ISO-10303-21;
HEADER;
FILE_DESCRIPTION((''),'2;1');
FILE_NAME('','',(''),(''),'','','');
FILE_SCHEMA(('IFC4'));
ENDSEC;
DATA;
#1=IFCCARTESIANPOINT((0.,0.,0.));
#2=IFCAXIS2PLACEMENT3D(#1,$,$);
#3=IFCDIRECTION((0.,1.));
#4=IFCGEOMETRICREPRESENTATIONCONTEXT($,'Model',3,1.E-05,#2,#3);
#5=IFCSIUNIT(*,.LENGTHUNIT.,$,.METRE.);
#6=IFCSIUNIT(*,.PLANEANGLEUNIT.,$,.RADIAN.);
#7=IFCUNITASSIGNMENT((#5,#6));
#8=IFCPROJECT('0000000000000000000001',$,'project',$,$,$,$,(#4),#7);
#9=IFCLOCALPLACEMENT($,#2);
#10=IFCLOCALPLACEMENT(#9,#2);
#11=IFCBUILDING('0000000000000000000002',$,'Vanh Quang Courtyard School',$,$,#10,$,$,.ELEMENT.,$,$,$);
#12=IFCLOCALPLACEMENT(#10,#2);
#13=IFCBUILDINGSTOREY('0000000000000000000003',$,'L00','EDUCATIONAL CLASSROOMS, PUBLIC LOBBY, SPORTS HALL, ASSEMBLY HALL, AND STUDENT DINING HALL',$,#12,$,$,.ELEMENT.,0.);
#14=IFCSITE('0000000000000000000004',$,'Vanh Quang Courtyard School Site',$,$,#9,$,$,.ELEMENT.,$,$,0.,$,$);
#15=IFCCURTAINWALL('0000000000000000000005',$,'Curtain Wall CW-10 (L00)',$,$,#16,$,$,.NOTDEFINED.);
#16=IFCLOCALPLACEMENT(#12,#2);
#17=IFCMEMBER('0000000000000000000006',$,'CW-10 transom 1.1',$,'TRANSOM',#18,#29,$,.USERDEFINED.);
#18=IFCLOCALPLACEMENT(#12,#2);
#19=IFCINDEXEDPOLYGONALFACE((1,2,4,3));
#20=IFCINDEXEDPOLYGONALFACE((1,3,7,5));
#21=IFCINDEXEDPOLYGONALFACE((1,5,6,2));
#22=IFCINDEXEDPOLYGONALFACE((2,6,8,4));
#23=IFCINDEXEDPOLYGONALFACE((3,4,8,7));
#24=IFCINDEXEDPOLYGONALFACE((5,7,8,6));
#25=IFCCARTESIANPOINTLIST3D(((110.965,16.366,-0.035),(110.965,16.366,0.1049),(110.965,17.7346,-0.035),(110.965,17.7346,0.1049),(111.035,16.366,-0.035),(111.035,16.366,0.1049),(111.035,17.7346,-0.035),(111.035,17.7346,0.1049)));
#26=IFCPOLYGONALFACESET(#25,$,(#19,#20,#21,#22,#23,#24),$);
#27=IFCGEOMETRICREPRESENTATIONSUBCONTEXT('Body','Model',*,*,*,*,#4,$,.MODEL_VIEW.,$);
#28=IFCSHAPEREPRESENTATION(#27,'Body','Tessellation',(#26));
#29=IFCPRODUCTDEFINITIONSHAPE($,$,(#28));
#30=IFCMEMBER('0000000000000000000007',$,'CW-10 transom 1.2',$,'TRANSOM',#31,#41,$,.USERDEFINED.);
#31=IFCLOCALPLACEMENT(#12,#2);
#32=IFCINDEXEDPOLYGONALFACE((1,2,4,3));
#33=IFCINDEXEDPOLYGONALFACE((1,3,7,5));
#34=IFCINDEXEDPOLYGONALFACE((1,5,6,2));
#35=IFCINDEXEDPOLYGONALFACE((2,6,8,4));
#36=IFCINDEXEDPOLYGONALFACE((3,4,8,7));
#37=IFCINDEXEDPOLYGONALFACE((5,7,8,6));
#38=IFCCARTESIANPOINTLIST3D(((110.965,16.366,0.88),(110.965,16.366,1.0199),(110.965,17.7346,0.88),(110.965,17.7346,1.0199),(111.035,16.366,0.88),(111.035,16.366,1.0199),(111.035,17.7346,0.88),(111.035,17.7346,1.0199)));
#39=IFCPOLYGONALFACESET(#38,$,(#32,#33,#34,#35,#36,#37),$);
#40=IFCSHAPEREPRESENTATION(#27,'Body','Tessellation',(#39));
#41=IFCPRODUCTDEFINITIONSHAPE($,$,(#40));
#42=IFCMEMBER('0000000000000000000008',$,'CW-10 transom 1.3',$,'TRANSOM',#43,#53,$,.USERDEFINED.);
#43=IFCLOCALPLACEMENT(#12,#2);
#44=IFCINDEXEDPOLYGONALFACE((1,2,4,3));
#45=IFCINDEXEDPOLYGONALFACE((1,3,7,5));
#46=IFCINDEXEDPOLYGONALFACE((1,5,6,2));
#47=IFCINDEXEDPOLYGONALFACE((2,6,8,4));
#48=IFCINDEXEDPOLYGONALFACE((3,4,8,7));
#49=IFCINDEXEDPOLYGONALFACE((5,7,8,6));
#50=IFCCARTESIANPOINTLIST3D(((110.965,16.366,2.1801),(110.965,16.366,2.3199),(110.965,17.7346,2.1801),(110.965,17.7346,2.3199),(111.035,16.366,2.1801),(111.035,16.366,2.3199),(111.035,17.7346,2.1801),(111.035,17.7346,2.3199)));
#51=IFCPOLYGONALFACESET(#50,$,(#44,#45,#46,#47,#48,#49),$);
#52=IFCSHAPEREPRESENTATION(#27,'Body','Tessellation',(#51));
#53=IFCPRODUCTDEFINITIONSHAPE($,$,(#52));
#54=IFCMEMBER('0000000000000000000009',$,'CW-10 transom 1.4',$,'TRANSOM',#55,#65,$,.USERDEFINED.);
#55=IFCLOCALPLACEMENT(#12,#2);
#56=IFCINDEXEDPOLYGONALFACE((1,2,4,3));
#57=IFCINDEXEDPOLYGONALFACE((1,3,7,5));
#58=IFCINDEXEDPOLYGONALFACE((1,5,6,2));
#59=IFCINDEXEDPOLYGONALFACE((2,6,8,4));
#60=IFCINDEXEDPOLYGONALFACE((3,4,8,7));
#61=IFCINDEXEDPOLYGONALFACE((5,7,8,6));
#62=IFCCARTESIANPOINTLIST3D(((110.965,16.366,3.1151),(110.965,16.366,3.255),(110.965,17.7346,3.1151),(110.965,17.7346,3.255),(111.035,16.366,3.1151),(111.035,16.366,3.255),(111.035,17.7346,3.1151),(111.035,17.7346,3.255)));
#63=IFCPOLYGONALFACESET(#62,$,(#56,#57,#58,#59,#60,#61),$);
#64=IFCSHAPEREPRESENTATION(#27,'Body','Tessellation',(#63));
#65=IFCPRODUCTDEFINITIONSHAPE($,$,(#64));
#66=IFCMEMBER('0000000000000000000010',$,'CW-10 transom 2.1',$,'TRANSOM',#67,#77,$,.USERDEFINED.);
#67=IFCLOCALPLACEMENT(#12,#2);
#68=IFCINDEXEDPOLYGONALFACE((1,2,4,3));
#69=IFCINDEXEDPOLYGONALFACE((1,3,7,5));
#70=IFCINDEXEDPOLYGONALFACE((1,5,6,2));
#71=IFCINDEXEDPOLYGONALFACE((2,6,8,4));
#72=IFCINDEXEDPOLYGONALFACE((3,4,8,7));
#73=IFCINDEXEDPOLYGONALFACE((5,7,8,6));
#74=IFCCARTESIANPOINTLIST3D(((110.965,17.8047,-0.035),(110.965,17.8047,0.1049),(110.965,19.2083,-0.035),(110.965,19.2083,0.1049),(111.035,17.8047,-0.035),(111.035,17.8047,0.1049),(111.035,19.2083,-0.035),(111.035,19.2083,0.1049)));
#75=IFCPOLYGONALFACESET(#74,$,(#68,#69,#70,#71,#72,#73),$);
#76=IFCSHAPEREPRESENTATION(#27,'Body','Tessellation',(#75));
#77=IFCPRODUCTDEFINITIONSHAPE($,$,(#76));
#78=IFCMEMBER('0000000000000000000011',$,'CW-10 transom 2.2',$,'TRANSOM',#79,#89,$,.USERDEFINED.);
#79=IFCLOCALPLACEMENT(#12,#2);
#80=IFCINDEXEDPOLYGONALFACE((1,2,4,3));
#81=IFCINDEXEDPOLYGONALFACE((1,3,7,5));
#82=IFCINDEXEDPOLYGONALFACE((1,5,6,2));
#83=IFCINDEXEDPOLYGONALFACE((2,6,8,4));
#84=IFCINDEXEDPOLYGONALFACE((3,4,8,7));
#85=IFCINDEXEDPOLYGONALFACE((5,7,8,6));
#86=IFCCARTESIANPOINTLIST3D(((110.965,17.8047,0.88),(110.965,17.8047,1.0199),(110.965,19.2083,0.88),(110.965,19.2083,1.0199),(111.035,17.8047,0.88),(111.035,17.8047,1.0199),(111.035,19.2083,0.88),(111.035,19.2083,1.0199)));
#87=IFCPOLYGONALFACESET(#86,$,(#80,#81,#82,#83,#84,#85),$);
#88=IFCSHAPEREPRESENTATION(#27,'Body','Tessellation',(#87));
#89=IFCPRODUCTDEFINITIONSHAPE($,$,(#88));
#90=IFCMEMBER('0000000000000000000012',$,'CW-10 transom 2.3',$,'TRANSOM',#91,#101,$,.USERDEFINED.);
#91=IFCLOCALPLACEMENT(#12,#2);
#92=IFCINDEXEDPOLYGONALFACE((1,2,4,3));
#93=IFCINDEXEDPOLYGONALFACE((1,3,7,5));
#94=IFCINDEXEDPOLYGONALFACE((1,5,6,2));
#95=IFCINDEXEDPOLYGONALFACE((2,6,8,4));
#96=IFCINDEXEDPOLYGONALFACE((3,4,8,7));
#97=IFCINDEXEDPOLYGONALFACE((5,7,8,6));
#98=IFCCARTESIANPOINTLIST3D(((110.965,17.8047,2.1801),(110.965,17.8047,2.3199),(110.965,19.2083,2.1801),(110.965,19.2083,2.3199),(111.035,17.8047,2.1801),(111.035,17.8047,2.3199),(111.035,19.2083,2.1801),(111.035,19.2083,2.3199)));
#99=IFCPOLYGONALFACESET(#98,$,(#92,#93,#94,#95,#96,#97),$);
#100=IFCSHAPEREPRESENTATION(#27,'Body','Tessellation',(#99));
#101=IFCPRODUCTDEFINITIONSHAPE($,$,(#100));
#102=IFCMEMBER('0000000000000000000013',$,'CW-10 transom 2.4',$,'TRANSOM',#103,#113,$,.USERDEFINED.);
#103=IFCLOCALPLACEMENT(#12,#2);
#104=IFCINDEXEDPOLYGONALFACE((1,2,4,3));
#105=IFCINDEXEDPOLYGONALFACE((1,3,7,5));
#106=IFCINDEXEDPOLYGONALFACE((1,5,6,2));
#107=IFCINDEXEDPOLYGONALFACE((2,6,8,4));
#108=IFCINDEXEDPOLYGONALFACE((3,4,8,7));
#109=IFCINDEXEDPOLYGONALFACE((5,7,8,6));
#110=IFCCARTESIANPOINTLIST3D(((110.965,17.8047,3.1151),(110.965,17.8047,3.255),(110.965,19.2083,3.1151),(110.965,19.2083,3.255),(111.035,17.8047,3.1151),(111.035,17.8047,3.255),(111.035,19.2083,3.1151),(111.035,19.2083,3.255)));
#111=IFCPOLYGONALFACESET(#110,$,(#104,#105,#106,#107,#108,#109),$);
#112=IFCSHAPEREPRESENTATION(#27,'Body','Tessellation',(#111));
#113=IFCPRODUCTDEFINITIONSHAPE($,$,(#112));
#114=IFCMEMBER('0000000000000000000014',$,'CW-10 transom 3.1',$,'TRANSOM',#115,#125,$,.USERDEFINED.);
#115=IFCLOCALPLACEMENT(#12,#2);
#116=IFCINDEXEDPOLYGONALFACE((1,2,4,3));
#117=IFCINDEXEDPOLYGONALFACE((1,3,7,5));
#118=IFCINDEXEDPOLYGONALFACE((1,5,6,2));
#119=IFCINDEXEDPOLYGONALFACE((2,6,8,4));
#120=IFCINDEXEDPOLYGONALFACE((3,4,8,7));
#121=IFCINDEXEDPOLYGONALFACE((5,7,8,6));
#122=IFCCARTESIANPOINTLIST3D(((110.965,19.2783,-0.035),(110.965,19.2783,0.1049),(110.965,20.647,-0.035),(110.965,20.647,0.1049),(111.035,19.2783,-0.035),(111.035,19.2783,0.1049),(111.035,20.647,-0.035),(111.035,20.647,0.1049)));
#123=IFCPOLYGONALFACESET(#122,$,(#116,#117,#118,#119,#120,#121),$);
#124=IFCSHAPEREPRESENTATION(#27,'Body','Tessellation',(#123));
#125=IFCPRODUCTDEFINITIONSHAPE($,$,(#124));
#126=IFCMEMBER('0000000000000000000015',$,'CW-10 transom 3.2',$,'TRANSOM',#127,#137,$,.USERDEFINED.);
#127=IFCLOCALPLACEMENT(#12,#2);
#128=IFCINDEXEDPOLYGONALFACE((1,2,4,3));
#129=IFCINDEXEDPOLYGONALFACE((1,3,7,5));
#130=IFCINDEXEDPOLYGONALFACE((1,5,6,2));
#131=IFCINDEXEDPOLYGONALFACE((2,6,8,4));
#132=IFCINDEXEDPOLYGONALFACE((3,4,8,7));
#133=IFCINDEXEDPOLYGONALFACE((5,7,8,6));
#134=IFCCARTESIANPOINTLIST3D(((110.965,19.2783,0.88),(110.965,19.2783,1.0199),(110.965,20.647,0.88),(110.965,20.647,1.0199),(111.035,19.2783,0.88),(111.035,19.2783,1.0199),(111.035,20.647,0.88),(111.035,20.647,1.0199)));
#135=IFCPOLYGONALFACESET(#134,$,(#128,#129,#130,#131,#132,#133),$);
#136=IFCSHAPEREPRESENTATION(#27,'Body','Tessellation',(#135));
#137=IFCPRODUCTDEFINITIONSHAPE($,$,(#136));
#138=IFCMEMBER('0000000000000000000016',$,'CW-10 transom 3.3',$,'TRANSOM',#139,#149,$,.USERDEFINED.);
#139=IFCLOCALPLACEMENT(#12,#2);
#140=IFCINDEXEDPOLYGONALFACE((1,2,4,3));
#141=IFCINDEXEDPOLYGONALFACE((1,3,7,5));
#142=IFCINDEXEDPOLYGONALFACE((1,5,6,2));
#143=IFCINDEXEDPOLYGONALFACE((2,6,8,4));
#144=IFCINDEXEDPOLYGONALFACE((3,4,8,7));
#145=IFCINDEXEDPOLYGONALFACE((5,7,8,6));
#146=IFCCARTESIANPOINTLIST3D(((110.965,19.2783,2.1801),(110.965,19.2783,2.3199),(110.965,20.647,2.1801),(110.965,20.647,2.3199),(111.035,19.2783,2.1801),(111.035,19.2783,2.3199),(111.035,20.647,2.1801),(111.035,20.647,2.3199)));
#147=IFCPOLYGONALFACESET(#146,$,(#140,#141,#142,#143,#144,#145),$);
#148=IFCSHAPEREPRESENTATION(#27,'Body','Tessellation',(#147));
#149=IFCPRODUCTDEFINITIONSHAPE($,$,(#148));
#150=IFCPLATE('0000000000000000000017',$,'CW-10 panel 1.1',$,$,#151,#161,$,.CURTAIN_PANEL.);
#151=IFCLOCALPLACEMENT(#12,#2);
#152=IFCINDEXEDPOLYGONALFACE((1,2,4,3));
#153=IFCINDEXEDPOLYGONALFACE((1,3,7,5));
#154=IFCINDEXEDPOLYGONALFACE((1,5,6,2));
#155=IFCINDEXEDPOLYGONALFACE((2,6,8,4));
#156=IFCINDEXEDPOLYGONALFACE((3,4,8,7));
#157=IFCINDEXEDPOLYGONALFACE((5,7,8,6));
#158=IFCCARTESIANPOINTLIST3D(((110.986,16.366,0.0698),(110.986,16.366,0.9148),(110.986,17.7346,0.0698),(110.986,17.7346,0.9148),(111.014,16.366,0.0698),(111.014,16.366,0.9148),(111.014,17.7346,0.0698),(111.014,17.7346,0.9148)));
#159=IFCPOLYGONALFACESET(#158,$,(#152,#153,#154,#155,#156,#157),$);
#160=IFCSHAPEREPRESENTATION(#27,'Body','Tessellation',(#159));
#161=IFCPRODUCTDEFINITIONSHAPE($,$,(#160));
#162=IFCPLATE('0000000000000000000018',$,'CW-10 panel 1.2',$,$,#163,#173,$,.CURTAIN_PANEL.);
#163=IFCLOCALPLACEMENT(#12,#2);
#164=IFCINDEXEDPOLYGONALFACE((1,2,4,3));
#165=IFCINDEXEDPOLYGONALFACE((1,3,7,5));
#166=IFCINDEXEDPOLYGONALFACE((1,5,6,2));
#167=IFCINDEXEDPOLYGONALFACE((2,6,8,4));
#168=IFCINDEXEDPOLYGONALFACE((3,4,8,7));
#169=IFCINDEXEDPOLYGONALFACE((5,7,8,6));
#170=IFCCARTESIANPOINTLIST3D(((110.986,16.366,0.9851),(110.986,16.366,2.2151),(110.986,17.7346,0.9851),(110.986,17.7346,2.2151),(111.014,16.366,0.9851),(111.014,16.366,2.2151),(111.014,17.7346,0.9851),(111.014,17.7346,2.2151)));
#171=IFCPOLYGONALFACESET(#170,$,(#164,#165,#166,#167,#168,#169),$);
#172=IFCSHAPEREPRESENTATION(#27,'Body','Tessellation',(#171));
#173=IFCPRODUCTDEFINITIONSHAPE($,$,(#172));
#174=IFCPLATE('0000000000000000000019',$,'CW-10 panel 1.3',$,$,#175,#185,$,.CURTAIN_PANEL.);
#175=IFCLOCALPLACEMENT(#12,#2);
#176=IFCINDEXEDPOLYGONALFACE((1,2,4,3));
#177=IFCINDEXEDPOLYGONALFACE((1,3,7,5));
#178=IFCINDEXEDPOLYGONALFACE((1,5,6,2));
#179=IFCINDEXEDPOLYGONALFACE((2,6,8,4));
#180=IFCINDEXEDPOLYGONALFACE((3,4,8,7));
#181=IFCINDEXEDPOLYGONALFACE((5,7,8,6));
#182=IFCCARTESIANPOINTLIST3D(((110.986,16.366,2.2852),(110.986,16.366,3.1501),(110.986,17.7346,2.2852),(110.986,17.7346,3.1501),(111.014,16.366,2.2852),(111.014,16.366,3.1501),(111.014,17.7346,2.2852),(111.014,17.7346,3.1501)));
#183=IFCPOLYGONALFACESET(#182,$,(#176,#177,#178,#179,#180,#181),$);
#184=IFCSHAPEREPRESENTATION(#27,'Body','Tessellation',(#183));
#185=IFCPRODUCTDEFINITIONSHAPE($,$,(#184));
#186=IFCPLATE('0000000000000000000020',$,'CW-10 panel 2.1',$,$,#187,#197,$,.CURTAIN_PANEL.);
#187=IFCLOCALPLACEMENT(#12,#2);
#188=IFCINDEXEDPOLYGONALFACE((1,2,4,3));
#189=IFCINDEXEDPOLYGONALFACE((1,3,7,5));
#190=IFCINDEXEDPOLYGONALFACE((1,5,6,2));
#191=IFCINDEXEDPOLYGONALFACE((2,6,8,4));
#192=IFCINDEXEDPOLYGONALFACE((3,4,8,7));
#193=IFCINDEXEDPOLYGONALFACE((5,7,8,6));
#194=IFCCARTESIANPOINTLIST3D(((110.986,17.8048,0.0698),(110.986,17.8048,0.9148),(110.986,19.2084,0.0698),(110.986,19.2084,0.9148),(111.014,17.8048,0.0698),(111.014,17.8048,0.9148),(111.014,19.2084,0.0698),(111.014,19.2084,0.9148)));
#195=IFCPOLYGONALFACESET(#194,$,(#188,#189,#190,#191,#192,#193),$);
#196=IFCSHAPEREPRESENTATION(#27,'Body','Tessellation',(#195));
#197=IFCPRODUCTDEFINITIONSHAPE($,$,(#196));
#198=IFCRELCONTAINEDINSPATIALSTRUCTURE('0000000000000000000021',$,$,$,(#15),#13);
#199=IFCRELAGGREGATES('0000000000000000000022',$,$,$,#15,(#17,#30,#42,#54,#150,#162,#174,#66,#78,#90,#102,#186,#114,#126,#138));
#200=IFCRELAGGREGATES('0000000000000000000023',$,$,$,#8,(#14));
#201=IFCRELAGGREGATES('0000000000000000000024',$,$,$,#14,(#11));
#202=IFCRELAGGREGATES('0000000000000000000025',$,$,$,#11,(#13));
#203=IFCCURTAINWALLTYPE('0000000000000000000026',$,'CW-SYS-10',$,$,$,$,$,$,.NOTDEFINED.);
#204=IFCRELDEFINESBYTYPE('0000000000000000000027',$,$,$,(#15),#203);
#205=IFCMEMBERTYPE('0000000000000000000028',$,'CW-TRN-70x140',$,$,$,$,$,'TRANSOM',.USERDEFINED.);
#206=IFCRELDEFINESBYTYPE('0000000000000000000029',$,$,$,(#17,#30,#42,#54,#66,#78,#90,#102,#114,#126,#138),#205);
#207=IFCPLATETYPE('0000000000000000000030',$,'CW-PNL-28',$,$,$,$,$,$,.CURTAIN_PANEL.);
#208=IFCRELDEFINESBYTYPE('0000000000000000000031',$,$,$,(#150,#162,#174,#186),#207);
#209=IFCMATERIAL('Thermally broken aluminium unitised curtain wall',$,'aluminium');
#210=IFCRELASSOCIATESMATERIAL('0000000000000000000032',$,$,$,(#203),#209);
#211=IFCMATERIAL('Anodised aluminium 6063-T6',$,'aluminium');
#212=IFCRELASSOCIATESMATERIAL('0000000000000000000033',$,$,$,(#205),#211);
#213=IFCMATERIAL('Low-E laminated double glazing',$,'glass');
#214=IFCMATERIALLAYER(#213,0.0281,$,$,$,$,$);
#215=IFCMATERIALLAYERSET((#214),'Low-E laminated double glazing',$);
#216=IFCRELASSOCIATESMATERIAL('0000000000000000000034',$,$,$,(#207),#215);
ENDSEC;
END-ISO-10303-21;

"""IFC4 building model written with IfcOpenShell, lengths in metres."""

from ifc_helpers import new_model, si_unit, direction, frame, origin, origin_2d, place, context, subcontext, project, spatial, rectangle, extrude, material, layer, layer_set, material_profile, profile_set, type_object, element, aggregate, save


model = new_model("IFC4")

# Units and contexts
model_context = context("Model", 3, precision=1e-05, world=origin(), true_north=direction((0.0, 1.0)))
body_context = subcontext(model_context, "Body", "Model", "MODEL_VIEW")
ifc_project = project(units=[si_unit("LENGTHUNIT", "METRE"), si_unit("PLANEANGLEUNIT", "RADIAN")], contexts=[model_context])

# Site, building, storey
site_placement = place(None, origin())
site = spatial("IfcSite", under=ifc_project, at=site_placement, Name="Vanh Quang Courtyard School Site", CompositionType="ELEMENT", RefElevation=0.0)
building_placement = place(site_placement, origin())
building = spatial("IfcBuilding", under=site, at=building_placement, Name="Vanh Quang Courtyard School", CompositionType="ELEMENT")
storey_placement = place(building_placement, origin())
storey = spatial("IfcBuildingStorey", under=building, at=storey_placement, Name="L00", Description="EDUCATIONAL CLASSROOMS, PUBLIC LOBBY, SPORTS HALL, ASSEMBLY HALL, AND STUDENT DINING HALL", CompositionType="ELEMENT", Elevation=0.0)

# Shared definitions
ifc_material_1 = material(Name="Thermally broken aluminium unitised curtain wall", Category="aluminium")
curtain_wall_type = type_object("IfcCurtainWallType", Name="CW-SYS-10", PredefinedType="NOTDEFINED", material=ifc_material_1)
ifc_material_2 = material(Name="Anodised aluminium 6063-T6", Category="aluminium")

# Curtain wall, members, plates
curtain_wall_1_placement = place(storey_placement, origin())
curtain_wall_1 = element("IfcCurtainWall", 1, at=curtain_wall_1_placement, inside=storey, type_object=curtain_wall_type, Name="Curtain Wall CW-10 (L00)", PredefinedType="NOTDEFINED")
ifc_material_profile_1 = material_profile(ifc_material_2, rectangle(XDim=0.0701, YDim=0.1399, at=origin_2d()), Name="ALU-TRN 70x140")
ifc_profile_set_1 = profile_set([ifc_material_profile_1], Name="Anodised aluminium 6063-T6")
member_type_1 = type_object("IfcMemberType", Name="CW-TRN-70x140", ElementType="TRANSOM", PredefinedType="USERDEFINED", material=ifc_profile_set_1)
member_1_placement = place(storey_placement, frame((111.0, 16.366, 0.0349), z_axis=(0.0, 1.0, 0.0), x_axis=(-1.0, 0.0, 0.0)))
member_1 = element("IfcMember", 2, at=member_1_placement, type_object=member_type_1, Name="CW-10 transom 1.1", ObjectType="TRANSOM", PredefinedType="USERDEFINED", context=body_context, shape_type="SweptSolid", body=[
    extrude(rectangle(XDim=0.0701, YDim=0.1399, at=origin_2d()), origin(), (0.0, 0.0, 1.0), 1.3687),
])
member_2_placement = place(storey_placement, frame((111.0, 16.366, 0.95), z_axis=(0.0, 1.0, 0.0), x_axis=(-1.0, 0.0, 0.0)))
member_2 = element("IfcMember", 3, at=member_2_placement, type_object=member_type_1, Name="CW-10 transom 1.2", ObjectType="TRANSOM", PredefinedType="USERDEFINED", context=body_context, shape_type="SweptSolid", body=[
    extrude(rectangle(XDim=0.0701, YDim=0.1399, at=origin_2d()), origin(), (0.0, 0.0, 1.0), 1.3687),
])
member_3_placement = place(storey_placement, frame((111.0, 16.366, 2.25), z_axis=(0.0, 1.0, 0.0), x_axis=(-1.0, 0.0, 0.0)))
member_3 = element("IfcMember", 4, at=member_3_placement, type_object=member_type_1, Name="CW-10 transom 1.3", ObjectType="TRANSOM", PredefinedType="USERDEFINED", context=body_context, shape_type="SweptSolid", body=[
    extrude(rectangle(XDim=0.0701, YDim=0.1399, at=origin_2d()), origin(), (0.0, 0.0, 1.0), 1.3687),
])
member_4_placement = place(storey_placement, frame((111.0, 16.366, 3.1851), z_axis=(0.0, 1.0, 0.0), x_axis=(-1.0, 0.0, 0.0)))
member_4 = element("IfcMember", 5, at=member_4_placement, type_object=member_type_1, Name="CW-10 transom 1.4", ObjectType="TRANSOM", PredefinedType="USERDEFINED", context=body_context, shape_type="SweptSolid", body=[
    extrude(rectangle(XDim=0.0701, YDim=0.1399, at=origin_2d()), origin(), (0.0, 0.0, 1.0), 1.3687),
])
member_5_placement = place(storey_placement, frame((111.0, 17.8047, 0.0349), z_axis=(0.0, 1.0, 0.0), x_axis=(-1.0, 0.0, 0.0)))
member_5 = element("IfcMember", 6, at=member_5_placement, type_object=member_type_1, Name="CW-10 transom 2.1", ObjectType="TRANSOM", PredefinedType="USERDEFINED", context=body_context, shape_type="SweptSolid", body=[
    extrude(rectangle(XDim=0.0701, YDim=0.1399, at=origin_2d()), origin(), (0.0, 0.0, 1.0), 1.4036),
])
member_6_placement = place(storey_placement, frame((111.0, 17.8047, 0.95), z_axis=(0.0, 1.0, 0.0), x_axis=(-1.0, 0.0, 0.0)))
member_6 = element("IfcMember", 7, at=member_6_placement, type_object=member_type_1, Name="CW-10 transom 2.2", ObjectType="TRANSOM", PredefinedType="USERDEFINED", context=body_context, shape_type="SweptSolid", body=[
    extrude(rectangle(XDim=0.0701, YDim=0.1399, at=origin_2d()), origin(), (0.0, 0.0, 1.0), 1.4036),
])
member_7_placement = place(storey_placement, frame((111.0, 17.8047, 2.25), z_axis=(0.0, 1.0, 0.0), x_axis=(-1.0, 0.0, 0.0)))
member_7 = element("IfcMember", 8, at=member_7_placement, type_object=member_type_1, Name="CW-10 transom 2.3", ObjectType="TRANSOM", PredefinedType="USERDEFINED", context=body_context, shape_type="SweptSolid", body=[
    extrude(rectangle(XDim=0.0701, YDim=0.1399, at=origin_2d()), origin(), (0.0, 0.0, 1.0), 1.4036),
])
member_8_placement = place(storey_placement, frame((111.0, 17.8047, 3.1851), z_axis=(0.0, 1.0, 0.0), x_axis=(-1.0, 0.0, 0.0)))
member_8 = element("IfcMember", 9, at=member_8_placement, type_object=member_type_1, Name="CW-10 transom 2.4", ObjectType="TRANSOM", PredefinedType="USERDEFINED", context=body_context, shape_type="SweptSolid", body=[
    extrude(rectangle(XDim=0.0701, YDim=0.1399, at=origin_2d()), origin(), (0.0, 0.0, 1.0), 1.4036),
])
member_9_placement = place(storey_placement, frame((111.0, 19.2783, 0.0349), z_axis=(0.0, 1.0, 0.0), x_axis=(-1.0, 0.0, 0.0)))
member_9 = element("IfcMember", 10, at=member_9_placement, type_object=member_type_1, Name="CW-10 transom 3.1", ObjectType="TRANSOM", PredefinedType="USERDEFINED", context=body_context, shape_type="SweptSolid", body=[
    extrude(rectangle(XDim=0.0701, YDim=0.1399, at=origin_2d()), origin(), (0.0, 0.0, 1.0), 1.3687),
])
member_10_placement = place(storey_placement, frame((111.0, 19.2783, 0.95), z_axis=(0.0, 1.0, 0.0), x_axis=(-1.0, 0.0, 0.0)))
member_10 = element("IfcMember", 11, at=member_10_placement, type_object=member_type_1, Name="CW-10 transom 3.2", ObjectType="TRANSOM", PredefinedType="USERDEFINED", context=body_context, shape_type="SweptSolid", body=[
    extrude(rectangle(XDim=0.0701, YDim=0.1399, at=origin_2d()), origin(), (0.0, 0.0, 1.0), 1.3687),
])
member_11_placement = place(storey_placement, frame((111.0, 19.2783, 2.25), z_axis=(0.0, 1.0, 0.0), x_axis=(-1.0, 0.0, 0.0)))
member_11 = element("IfcMember", 12, at=member_11_placement, type_object=member_type_1, Name="CW-10 transom 3.3", ObjectType="TRANSOM", PredefinedType="USERDEFINED", context=body_context, shape_type="SweptSolid", body=[
    extrude(rectangle(XDim=0.0701, YDim=0.1399, at=origin_2d()), origin(), (0.0, 0.0, 1.0), 1.3687),
])
ifc_material_3 = material(Name="Low-E laminated double glazing", Category="glass")
ifc_layer_1 = layer(ifc_material_3, 0.0281)
ifc_layer_set_1 = layer_set([ifc_layer_1], Name="Low-E laminated double glazing")
plate_type = type_object("IfcPlateType", Name="CW-PNL-28", PredefinedType="CURTAIN_PANEL", material=ifc_layer_set_1)
plate_1_placement = place(storey_placement, frame((111.0, 17.0503, 0.0698), z_axis=(0.0, 0.0, 1.0), x_axis=(0.0, 1.0, 0.0)))
plate_1 = element("IfcPlate", 13, at=plate_1_placement, type_object=plate_type, Name="CW-10 panel 1.1", PredefinedType="CURTAIN_PANEL", context=body_context, shape_type="SweptSolid", body=[
    extrude(rectangle(XDim=1.3687, YDim=0.0281, at=origin_2d()), origin(), (0.0, 0.0, 1.0), 0.845),
])
plate_2_placement = place(storey_placement, frame((111.0, 17.0503, 0.9851), z_axis=(0.0, 0.0, 1.0), x_axis=(0.0, 1.0, 0.0)))
plate_2 = element("IfcPlate", 14, at=plate_2_placement, type_object=plate_type, Name="CW-10 panel 1.2", PredefinedType="CURTAIN_PANEL", context=body_context, shape_type="SweptSolid", body=[
    extrude(rectangle(XDim=1.3687, YDim=0.0281, at=origin_2d()), origin(), (0.0, 0.0, 1.0), 1.23),
])
plate_3_placement = place(storey_placement, frame((111.0, 17.0503, 2.2852), z_axis=(0.0, 0.0, 1.0), x_axis=(0.0, 1.0, 0.0)))
plate_3 = element("IfcPlate", 15, at=plate_3_placement, type_object=plate_type, Name="CW-10 panel 1.3", PredefinedType="CURTAIN_PANEL", context=body_context, shape_type="SweptSolid", body=[
    extrude(rectangle(XDim=1.3687, YDim=0.0281, at=origin_2d()), origin(), (0.0, 0.0, 1.0), 0.865),
])
plate_4_placement = place(storey_placement, frame((111.0, 18.5066, 0.0698), z_axis=(0.0, 0.0, 1.0), x_axis=(0.0, 1.0, 0.0)))
plate_4 = element("IfcPlate", 16, at=plate_4_placement, type_object=plate_type, Name="CW-10 panel 2.1", PredefinedType="CURTAIN_PANEL", context=body_context, shape_type="SweptSolid", body=[
    extrude(rectangle(XDim=1.4036, YDim=0.0281, at=origin_2d()), origin(), (0.0, 0.0, 1.0), 0.845),
])
aggregate(curtain_wall_1, [member_1, member_2, member_3, member_4, plate_1, plate_2, plate_3, member_5, member_6, member_7, member_8, plate_4, member_9, member_10, member_11])

save(model, "model.ifc")
